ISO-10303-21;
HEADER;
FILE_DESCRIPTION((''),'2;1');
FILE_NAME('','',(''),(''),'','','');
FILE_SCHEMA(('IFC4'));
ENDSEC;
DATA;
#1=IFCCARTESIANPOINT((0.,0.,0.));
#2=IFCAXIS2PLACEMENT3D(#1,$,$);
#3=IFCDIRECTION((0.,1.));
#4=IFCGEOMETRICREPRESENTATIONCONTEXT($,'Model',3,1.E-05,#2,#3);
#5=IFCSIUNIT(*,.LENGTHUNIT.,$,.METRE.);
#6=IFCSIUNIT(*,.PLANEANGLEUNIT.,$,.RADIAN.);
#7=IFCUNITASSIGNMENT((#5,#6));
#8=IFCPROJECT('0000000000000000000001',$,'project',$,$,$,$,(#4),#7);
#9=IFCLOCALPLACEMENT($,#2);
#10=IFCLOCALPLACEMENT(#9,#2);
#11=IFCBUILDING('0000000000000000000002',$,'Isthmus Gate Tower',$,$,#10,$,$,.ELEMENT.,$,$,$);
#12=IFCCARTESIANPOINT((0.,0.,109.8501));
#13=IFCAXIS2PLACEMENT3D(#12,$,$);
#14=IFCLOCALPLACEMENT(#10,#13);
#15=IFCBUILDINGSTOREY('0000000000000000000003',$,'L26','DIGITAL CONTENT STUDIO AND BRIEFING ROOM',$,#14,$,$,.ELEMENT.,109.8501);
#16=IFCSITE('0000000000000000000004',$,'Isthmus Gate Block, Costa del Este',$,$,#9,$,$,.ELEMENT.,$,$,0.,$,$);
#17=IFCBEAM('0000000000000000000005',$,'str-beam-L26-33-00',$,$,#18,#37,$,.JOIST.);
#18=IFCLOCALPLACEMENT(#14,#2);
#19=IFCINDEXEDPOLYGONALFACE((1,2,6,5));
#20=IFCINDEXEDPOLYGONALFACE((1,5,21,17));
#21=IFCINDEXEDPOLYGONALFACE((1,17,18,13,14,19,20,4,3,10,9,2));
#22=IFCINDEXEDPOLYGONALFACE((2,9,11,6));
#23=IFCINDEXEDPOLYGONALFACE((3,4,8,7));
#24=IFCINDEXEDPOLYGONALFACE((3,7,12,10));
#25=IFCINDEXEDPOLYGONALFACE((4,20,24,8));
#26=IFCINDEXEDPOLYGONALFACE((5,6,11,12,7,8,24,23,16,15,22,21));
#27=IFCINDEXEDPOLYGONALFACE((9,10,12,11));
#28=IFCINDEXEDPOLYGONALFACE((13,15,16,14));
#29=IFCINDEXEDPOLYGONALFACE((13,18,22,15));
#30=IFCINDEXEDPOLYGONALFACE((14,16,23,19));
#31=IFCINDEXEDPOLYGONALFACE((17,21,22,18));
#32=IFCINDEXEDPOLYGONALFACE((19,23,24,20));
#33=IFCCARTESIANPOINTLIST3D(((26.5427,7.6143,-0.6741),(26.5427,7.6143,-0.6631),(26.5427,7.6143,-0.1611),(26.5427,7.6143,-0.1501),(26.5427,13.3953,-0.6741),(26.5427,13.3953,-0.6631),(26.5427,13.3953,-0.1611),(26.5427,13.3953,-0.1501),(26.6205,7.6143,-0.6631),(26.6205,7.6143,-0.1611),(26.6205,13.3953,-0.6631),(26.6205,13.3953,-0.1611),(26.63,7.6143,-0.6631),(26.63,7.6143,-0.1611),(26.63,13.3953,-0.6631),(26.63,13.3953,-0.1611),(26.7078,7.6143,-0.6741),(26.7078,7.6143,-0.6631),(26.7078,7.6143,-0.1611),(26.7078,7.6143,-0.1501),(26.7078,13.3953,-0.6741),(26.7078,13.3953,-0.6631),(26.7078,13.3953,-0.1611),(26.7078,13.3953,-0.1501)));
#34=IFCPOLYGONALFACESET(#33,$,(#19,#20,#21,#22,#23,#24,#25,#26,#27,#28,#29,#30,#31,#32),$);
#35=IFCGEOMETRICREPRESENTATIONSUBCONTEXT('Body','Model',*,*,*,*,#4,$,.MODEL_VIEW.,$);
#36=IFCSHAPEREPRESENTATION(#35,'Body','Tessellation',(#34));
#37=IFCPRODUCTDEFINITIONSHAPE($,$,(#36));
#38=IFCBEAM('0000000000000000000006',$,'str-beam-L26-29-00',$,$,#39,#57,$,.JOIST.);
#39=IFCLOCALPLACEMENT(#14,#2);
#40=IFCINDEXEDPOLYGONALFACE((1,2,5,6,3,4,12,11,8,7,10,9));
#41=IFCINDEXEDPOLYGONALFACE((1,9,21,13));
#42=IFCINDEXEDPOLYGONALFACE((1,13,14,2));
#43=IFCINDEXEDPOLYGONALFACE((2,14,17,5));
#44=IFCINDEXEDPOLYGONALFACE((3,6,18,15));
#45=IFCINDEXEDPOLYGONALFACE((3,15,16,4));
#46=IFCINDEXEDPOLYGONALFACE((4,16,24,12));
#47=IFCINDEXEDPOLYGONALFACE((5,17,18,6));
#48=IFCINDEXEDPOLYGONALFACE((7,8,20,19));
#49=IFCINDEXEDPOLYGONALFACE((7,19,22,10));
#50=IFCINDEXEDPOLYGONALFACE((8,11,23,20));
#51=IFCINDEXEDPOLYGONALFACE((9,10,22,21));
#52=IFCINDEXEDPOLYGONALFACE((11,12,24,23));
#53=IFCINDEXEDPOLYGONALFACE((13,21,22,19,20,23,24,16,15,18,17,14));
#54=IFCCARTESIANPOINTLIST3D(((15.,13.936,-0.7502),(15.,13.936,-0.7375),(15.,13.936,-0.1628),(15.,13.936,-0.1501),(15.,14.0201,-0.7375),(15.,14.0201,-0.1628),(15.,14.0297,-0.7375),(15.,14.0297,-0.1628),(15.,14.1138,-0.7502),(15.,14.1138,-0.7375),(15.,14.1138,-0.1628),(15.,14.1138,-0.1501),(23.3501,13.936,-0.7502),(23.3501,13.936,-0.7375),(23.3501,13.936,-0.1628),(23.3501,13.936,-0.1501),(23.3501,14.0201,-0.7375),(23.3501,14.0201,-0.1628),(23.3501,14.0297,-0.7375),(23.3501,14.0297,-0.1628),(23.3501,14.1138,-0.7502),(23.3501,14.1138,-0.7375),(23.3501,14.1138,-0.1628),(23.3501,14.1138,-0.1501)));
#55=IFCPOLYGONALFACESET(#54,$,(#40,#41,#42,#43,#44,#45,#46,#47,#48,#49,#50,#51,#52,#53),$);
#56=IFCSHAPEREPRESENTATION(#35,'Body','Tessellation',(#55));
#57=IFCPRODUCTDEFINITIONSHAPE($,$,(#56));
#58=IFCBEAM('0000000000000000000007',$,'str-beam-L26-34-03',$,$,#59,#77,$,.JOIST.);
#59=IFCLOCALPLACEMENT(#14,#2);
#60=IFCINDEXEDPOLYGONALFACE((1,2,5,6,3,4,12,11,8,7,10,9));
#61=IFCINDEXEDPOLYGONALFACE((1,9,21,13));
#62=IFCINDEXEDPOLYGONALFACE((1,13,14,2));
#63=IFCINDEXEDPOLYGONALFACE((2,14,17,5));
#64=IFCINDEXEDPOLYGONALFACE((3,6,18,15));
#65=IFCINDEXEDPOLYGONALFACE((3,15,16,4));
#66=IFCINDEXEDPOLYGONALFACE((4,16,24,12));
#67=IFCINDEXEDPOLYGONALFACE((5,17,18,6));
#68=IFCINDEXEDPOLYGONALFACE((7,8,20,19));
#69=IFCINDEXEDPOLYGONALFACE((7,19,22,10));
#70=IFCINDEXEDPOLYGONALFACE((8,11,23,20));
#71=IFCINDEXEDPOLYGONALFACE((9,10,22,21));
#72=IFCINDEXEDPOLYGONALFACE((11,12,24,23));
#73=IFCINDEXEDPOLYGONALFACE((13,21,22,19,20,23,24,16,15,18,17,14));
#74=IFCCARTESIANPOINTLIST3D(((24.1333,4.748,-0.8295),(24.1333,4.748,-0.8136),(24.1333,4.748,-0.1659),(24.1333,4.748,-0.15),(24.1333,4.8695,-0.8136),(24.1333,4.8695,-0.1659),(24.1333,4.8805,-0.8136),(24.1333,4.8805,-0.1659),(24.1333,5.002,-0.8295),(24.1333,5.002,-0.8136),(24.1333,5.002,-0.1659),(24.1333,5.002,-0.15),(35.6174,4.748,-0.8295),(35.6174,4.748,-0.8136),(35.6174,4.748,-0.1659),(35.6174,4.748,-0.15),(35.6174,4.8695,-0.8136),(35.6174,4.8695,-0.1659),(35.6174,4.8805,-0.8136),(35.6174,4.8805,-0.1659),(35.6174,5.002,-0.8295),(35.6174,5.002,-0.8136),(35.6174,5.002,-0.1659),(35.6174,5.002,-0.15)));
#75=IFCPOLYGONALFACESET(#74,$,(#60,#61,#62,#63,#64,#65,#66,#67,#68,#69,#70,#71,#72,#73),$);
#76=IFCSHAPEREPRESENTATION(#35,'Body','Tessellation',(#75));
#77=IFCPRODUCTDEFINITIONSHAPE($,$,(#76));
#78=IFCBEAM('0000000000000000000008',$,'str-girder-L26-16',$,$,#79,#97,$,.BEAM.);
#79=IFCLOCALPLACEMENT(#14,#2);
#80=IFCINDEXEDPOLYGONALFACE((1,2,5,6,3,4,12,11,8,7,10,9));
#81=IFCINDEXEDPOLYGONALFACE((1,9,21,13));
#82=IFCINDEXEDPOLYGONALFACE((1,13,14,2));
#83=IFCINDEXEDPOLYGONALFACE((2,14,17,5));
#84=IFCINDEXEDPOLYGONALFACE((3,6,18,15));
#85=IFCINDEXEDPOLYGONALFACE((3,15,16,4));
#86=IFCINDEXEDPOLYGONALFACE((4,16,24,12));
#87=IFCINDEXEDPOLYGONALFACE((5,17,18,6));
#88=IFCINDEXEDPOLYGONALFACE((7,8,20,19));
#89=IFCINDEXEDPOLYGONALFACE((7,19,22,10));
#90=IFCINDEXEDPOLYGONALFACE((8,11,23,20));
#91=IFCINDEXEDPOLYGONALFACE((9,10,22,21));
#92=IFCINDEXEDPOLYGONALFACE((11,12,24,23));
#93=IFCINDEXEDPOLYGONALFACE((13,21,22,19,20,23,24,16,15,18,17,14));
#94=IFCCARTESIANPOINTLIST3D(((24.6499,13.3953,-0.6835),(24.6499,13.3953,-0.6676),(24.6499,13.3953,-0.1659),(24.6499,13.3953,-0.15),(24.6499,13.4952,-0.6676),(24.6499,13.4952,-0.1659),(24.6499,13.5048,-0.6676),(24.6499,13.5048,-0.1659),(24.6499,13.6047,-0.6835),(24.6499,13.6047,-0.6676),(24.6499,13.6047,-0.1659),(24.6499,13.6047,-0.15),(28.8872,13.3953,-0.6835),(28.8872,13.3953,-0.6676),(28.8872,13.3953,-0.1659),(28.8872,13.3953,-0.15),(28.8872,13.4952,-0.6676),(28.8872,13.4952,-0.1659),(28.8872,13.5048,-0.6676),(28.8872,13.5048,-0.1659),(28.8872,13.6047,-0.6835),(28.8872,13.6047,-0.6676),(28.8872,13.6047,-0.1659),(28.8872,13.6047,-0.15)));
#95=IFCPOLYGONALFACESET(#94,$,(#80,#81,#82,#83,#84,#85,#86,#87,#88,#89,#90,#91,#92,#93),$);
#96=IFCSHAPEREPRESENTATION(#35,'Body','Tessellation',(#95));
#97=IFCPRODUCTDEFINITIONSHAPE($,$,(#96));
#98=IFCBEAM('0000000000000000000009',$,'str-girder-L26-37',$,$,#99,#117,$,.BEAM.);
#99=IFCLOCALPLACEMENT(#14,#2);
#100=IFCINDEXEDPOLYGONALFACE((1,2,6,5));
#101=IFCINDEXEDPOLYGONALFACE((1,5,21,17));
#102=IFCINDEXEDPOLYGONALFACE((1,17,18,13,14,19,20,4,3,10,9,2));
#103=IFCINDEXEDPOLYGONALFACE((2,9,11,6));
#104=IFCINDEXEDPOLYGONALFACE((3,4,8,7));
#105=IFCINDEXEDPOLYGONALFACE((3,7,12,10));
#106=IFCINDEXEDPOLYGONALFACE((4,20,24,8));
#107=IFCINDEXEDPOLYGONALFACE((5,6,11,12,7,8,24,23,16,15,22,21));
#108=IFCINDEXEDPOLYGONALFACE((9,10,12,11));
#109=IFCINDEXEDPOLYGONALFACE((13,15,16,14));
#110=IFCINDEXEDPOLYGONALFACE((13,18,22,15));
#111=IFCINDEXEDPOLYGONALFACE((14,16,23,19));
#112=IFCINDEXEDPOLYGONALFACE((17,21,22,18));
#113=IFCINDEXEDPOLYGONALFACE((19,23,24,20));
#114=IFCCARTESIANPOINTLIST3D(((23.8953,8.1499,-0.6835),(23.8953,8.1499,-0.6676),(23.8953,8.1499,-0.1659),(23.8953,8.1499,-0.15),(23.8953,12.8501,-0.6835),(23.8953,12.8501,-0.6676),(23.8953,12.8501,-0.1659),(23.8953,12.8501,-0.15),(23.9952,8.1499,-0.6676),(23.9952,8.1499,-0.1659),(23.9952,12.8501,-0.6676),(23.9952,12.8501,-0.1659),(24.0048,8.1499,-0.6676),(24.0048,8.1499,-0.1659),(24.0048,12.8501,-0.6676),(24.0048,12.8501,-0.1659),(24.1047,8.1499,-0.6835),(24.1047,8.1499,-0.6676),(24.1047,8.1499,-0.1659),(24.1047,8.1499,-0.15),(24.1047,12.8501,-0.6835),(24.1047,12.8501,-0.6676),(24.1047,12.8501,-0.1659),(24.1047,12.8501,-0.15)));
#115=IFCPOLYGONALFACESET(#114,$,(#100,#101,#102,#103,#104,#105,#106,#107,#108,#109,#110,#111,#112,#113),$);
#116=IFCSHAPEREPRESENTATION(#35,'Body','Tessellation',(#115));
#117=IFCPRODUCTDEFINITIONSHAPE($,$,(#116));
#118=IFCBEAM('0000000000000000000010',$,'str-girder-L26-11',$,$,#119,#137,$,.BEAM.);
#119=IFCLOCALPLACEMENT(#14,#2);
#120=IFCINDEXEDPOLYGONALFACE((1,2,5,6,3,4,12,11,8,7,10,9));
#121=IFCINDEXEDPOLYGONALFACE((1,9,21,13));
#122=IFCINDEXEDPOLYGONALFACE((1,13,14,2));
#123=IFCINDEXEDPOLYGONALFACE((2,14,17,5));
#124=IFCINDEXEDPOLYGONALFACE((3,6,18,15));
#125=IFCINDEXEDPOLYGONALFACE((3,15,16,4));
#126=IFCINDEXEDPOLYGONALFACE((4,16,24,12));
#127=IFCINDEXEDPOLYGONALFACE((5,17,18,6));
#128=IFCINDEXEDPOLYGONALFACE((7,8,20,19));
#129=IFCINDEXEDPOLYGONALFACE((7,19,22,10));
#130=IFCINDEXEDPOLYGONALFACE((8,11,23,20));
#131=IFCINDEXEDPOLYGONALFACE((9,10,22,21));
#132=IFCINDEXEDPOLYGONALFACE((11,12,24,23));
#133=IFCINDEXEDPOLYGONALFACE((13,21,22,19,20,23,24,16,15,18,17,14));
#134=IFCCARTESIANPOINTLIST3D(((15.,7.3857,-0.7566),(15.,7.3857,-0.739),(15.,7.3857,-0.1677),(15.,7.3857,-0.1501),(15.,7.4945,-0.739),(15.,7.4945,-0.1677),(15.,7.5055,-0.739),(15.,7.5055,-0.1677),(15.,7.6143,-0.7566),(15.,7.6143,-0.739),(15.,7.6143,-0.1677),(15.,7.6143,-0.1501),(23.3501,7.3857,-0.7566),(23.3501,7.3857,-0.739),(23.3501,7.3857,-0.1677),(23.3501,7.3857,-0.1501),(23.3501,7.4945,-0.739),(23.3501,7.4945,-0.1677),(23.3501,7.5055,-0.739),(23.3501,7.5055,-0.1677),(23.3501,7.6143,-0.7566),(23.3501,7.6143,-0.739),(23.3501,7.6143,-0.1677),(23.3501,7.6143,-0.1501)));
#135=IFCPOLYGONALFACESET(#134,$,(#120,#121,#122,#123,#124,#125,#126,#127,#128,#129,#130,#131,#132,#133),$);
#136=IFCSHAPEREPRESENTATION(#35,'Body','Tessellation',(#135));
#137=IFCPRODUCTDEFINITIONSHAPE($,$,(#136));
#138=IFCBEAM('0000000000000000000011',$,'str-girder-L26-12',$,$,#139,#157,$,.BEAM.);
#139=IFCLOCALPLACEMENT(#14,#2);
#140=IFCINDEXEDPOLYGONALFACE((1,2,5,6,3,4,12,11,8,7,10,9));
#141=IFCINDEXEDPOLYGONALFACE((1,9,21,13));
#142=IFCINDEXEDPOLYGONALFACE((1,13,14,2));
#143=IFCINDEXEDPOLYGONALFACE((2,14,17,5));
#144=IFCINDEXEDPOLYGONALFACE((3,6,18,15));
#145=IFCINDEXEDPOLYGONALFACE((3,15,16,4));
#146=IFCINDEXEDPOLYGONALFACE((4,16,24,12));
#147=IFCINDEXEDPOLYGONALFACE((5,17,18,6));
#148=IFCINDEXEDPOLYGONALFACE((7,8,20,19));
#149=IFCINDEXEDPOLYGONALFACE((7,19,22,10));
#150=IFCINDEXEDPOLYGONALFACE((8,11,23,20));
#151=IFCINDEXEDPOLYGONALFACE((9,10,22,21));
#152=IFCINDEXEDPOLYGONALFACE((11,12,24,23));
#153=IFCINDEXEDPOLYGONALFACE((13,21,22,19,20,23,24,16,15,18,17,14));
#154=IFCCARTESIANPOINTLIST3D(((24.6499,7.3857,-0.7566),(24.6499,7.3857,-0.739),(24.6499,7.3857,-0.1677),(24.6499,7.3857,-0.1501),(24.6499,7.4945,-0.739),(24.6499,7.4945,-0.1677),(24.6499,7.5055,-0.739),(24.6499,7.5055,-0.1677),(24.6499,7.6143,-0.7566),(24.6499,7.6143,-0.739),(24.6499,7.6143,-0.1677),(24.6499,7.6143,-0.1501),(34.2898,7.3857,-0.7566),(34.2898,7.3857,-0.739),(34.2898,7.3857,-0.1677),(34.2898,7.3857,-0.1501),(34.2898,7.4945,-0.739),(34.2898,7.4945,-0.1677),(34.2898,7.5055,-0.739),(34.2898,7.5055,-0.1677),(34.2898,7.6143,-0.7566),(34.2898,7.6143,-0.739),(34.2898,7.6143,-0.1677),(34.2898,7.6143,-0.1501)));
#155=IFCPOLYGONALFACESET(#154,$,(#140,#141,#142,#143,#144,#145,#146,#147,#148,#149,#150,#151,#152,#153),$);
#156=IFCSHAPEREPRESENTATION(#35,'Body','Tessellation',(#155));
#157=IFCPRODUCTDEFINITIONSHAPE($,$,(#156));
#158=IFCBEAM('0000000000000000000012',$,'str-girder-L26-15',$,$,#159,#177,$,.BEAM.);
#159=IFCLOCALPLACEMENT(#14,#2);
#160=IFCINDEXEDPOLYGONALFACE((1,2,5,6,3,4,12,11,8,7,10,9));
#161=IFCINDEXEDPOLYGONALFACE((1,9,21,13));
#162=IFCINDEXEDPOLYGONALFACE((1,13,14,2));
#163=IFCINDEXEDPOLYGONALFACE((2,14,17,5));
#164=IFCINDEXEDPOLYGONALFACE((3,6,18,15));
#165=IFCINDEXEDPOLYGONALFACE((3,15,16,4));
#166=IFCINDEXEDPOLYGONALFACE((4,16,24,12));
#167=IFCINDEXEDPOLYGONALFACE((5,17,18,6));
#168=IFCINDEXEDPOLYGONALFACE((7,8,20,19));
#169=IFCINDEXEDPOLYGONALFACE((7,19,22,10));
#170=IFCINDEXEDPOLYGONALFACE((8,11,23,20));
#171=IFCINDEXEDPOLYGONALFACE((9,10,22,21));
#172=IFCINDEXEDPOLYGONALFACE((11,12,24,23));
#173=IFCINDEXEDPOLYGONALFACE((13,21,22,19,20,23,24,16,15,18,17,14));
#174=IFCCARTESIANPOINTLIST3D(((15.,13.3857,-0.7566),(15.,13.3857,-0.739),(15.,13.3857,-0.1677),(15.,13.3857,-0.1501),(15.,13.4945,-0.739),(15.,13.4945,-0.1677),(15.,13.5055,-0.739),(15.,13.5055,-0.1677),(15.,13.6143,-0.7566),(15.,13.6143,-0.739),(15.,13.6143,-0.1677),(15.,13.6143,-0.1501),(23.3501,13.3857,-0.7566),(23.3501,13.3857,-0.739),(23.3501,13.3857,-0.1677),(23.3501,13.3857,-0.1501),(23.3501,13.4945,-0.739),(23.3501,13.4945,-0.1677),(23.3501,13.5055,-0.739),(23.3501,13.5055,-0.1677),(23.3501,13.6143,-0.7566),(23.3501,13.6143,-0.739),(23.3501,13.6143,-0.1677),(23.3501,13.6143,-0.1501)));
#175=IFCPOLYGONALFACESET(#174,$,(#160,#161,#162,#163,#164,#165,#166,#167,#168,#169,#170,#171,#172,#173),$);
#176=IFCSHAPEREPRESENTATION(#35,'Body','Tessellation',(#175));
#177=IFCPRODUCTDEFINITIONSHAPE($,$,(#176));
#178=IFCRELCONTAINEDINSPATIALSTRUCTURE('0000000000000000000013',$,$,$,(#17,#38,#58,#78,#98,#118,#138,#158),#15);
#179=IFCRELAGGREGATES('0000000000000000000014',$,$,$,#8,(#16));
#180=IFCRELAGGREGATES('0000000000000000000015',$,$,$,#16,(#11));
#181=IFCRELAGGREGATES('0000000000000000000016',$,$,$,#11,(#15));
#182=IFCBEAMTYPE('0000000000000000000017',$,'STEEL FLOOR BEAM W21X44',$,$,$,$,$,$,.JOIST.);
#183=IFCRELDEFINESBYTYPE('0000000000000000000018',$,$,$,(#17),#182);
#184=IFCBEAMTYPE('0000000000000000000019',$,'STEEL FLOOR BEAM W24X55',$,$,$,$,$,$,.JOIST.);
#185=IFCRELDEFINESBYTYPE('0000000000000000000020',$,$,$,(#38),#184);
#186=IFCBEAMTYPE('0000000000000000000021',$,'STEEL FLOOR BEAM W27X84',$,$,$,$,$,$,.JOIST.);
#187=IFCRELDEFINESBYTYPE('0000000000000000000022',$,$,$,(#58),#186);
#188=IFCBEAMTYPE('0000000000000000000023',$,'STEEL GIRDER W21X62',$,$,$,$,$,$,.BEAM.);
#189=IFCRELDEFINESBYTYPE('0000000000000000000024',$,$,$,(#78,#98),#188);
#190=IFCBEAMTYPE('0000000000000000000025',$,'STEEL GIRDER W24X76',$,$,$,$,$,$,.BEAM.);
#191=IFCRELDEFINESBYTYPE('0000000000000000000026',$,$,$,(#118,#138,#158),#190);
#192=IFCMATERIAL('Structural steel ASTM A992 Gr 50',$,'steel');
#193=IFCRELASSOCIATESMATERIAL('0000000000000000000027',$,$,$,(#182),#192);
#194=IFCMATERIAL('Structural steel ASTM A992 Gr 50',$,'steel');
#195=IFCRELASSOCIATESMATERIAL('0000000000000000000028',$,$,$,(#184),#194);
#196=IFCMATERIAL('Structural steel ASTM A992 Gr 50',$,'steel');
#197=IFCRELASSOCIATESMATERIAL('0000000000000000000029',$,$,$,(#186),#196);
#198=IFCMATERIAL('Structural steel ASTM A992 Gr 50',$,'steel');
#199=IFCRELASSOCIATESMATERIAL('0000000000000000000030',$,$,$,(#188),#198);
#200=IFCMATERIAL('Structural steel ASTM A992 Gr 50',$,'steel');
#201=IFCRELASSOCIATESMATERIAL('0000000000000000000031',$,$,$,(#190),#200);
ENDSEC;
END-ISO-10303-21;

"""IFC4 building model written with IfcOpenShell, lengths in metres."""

from ifc_helpers import new_model, si_unit, direction, frame, origin, origin_2d, place, context, subcontext, project, spatial, i_section, extrude, material, material_profile, profile_set, type_object, element, save


model = new_model("IFC4")

# Units and contexts
model_context = context("Model", 3, precision=1e-05, world=origin(), true_north=direction((0.0, 1.0)))
body_context = subcontext(model_context, "Body", "Model", "MODEL_VIEW")
ifc_project = project(units=[si_unit("LENGTHUNIT", "METRE"), si_unit("PLANEANGLEUNIT", "RADIAN")], contexts=[model_context])

# Site, building, storey
site_placement = place(None, origin())
site = spatial("IfcSite", under=ifc_project, at=site_placement, Name="Isthmus Gate Block, Costa del Este", CompositionType="ELEMENT", RefElevation=0.0)
building_placement = place(site_placement, origin())
building = spatial("IfcBuilding", under=site, at=building_placement, Name="Isthmus Gate Tower", CompositionType="ELEMENT")
storey_placement = place(building_placement, frame((0.0, 0.0, 109.8501)))
storey = spatial("IfcBuildingStorey", under=building, at=storey_placement, Name="L26", Description="DIGITAL CONTENT STUDIO AND BRIEFING ROOM", CompositionType="ELEMENT", Elevation=109.8501)

# Beams
ifc_material_1 = material(Name="Structural steel ASTM A992 Gr 50", Category="steel")
ifc_material_profile_1 = material_profile(ifc_material_1, i_section(OverallWidth=0.165, OverallDepth=0.5239, WebThickness=0.0095, FlangeThickness=0.011, at=origin_2d()), Name="W21X44")
ifc_profile_set_1 = profile_set([ifc_material_profile_1], Name="Structural steel ASTM A992 Gr 50")
beam_type_1 = type_object("IfcBeamType", Name="STEEL FLOOR BEAM W21X44", PredefinedType="JOIST", material=ifc_profile_set_1)
beam_1_placement = place(storey_placement, frame((26.6252, 7.6143, -0.4121), z_axis=(0.0, 1.0, 0.0), x_axis=(-1.0, 0.0, 0.0)))
element("IfcBeam", 1, at=beam_1_placement, inside=storey, type_object=beam_type_1, Name="str-beam-L26-33-00", PredefinedType="JOIST", context=body_context, shape_type="SweptSolid", body=[
    extrude(i_section(OverallWidth=0.165, OverallDepth=0.5239, WebThickness=0.0095, FlangeThickness=0.011, at=origin_2d()), origin(), (0.0, 0.0, 1.0), 5.781),
])
ifc_material_2 = material(Name="Structural steel ASTM A992 Gr 50", Category="steel")
ifc_material_profile_2 = material_profile(ifc_material_2, i_section(OverallWidth=0.1777, OverallDepth=0.6001, WebThickness=0.0095, FlangeThickness=0.0127, at=origin_2d()), Name="W24X55")
ifc_profile_set_2 = profile_set([ifc_material_profile_2], Name="Structural steel ASTM A992 Gr 50")
beam_type_2 = type_object("IfcBeamType", Name="STEEL FLOOR BEAM W24X55", PredefinedType="JOIST", material=ifc_profile_set_2)
beam_2_placement = place(storey_placement, frame((15.0, 14.0249, -0.4502), z_axis=(1.0, 0.0, 0.0), x_axis=(0.0, 1.0, 0.0)))
element("IfcBeam", 2, at=beam_2_placement, inside=storey, type_object=beam_type_2, Name="str-beam-L26-29-00", PredefinedType="JOIST", context=body_context, shape_type="SweptSolid", body=[
    extrude(i_section(OverallWidth=0.1777, OverallDepth=0.6001, WebThickness=0.0095, FlangeThickness=0.0127, at=origin_2d()), origin(), (0.0, 0.0, 1.0), 8.3501),
])
ifc_material_3 = material(Name="Structural steel ASTM A992 Gr 50", Category="steel")
ifc_material_profile_3 = material_profile(ifc_material_3, i_section(OverallWidth=0.2539, OverallDepth=0.6794, WebThickness=0.011, FlangeThickness=0.0159, at=origin_2d()), Name="W27X84")
ifc_profile_set_3 = profile_set([ifc_material_profile_3], Name="Structural steel ASTM A992 Gr 50")
beam_type_3 = type_object("IfcBeamType", Name="STEEL FLOOR BEAM W27X84", PredefinedType="JOIST", material=ifc_profile_set_3)
beam_3_placement = place(storey_placement, frame((24.1333, 4.875, -0.4897), z_axis=(1.0, 0.0, 0.0), x_axis=(0.0, 1.0, 0.0)))
element("IfcBeam", 3, at=beam_3_placement, inside=storey, type_object=beam_type_3, Name="str-beam-L26-34-03", PredefinedType="JOIST", context=body_context, shape_type="SweptSolid", body=[
    extrude(i_section(OverallWidth=0.2539, OverallDepth=0.6794, WebThickness=0.011, FlangeThickness=0.0159, at=origin_2d()), origin(), (0.0, 0.0, 1.0), 11.4841),
])
ifc_material_4 = material(Name="Structural steel ASTM A992 Gr 50", Category="steel")
ifc_material_profile_4 = material_profile(ifc_material_4, i_section(OverallWidth=0.2095, OverallDepth=0.5334, WebThickness=0.0095, FlangeThickness=0.0159, at=origin_2d()), Name="W21X62")
ifc_profile_set_4 = profile_set([ifc_material_profile_4], Name="Structural steel ASTM A992 Gr 50")
beam_type_4 = type_object("IfcBeamType", Name="STEEL GIRDER W21X62", PredefinedType="BEAM", material=ifc_profile_set_4)
beam_4_placement = place(storey_placement, frame((24.6499, 13.5, -0.4167), z_axis=(1.0, 0.0, 0.0), x_axis=(0.0, 1.0, 0.0)))
element("IfcBeam", 4, at=beam_4_placement, inside=storey, type_object=beam_type_4, Name="str-girder-L26-16", PredefinedType="BEAM", context=body_context, shape_type="SweptSolid", body=[
    extrude(i_section(OverallWidth=0.2095, OverallDepth=0.5334, WebThickness=0.0095, FlangeThickness=0.0159, at=origin_2d()), origin(), (0.0, 0.0, 1.0), 4.2373),
])
beam_5_placement = place(storey_placement, frame((24.0, 8.1499, -0.4167), z_axis=(0.0, 1.0, 0.0), x_axis=(-1.0, 0.0, 0.0)))
element("IfcBeam", 5, at=beam_5_placement, inside=storey, type_object=beam_type_4, Name="str-girder-L26-37", PredefinedType="BEAM", context=body_context, shape_type="SweptSolid", body=[
    extrude(i_section(OverallWidth=0.2095, OverallDepth=0.5334, WebThickness=0.0095, FlangeThickness=0.0159, at=origin_2d()), origin(), (0.0, 0.0, 1.0), 4.7002),
])
ifc_material_5 = material(Name="Structural steel ASTM A992 Gr 50", Category="steel")
ifc_material_profile_5 = material_profile(ifc_material_5, i_section(OverallWidth=0.2285, OverallDepth=0.6064, WebThickness=0.011, FlangeThickness=0.0176, at=origin_2d()), Name="W24X76")
ifc_profile_set_5 = profile_set([ifc_material_profile_5], Name="Structural steel ASTM A992 Gr 50")
beam_type_5 = type_object("IfcBeamType", Name="STEEL GIRDER W24X76", PredefinedType="BEAM", material=ifc_profile_set_5)
beam_6_placement = place(storey_placement, frame((15.0, 7.5, -0.4534), z_axis=(1.0, 0.0, 0.0), x_axis=(0.0, 1.0, 0.0)))
element("IfcBeam", 6, at=beam_6_placement, inside=storey, type_object=beam_type_5, Name="str-girder-L26-11", PredefinedType="BEAM", context=body_context, shape_type="SweptSolid", body=[
    extrude(i_section(OverallWidth=0.2285, OverallDepth=0.6064, WebThickness=0.011, FlangeThickness=0.0176, at=origin_2d()), origin(), (0.0, 0.0, 1.0), 8.3501),
])
beam_7_placement = place(storey_placement, frame((24.6499, 7.5, -0.4534), z_axis=(1.0, 0.0, 0.0), x_axis=(0.0, 1.0, 0.0)))
element("IfcBeam", 7, at=beam_7_placement, inside=storey, type_object=beam_type_5, Name="str-girder-L26-12", PredefinedType="BEAM", context=body_context, shape_type="SweptSolid", body=[
    extrude(i_section(OverallWidth=0.2285, OverallDepth=0.6064, WebThickness=0.011, FlangeThickness=0.0176, at=origin_2d()), origin(), (0.0, 0.0, 1.0), 9.6399),
])
beam_8_placement = place(storey_placement, frame((15.0, 13.5, -0.4534), z_axis=(1.0, 0.0, 0.0), x_axis=(0.0, 1.0, 0.0)))
element("IfcBeam", 8, at=beam_8_placement, inside=storey, type_object=beam_type_5, Name="str-girder-L26-15", PredefinedType="BEAM", context=body_context, shape_type="SweptSolid", body=[
    extrude(i_section(OverallWidth=0.2285, OverallDepth=0.6064, WebThickness=0.011, FlangeThickness=0.0176, at=origin_2d()), origin(), (0.0, 0.0, 1.0), 8.3501),
])

save(model, "model.ifc")
